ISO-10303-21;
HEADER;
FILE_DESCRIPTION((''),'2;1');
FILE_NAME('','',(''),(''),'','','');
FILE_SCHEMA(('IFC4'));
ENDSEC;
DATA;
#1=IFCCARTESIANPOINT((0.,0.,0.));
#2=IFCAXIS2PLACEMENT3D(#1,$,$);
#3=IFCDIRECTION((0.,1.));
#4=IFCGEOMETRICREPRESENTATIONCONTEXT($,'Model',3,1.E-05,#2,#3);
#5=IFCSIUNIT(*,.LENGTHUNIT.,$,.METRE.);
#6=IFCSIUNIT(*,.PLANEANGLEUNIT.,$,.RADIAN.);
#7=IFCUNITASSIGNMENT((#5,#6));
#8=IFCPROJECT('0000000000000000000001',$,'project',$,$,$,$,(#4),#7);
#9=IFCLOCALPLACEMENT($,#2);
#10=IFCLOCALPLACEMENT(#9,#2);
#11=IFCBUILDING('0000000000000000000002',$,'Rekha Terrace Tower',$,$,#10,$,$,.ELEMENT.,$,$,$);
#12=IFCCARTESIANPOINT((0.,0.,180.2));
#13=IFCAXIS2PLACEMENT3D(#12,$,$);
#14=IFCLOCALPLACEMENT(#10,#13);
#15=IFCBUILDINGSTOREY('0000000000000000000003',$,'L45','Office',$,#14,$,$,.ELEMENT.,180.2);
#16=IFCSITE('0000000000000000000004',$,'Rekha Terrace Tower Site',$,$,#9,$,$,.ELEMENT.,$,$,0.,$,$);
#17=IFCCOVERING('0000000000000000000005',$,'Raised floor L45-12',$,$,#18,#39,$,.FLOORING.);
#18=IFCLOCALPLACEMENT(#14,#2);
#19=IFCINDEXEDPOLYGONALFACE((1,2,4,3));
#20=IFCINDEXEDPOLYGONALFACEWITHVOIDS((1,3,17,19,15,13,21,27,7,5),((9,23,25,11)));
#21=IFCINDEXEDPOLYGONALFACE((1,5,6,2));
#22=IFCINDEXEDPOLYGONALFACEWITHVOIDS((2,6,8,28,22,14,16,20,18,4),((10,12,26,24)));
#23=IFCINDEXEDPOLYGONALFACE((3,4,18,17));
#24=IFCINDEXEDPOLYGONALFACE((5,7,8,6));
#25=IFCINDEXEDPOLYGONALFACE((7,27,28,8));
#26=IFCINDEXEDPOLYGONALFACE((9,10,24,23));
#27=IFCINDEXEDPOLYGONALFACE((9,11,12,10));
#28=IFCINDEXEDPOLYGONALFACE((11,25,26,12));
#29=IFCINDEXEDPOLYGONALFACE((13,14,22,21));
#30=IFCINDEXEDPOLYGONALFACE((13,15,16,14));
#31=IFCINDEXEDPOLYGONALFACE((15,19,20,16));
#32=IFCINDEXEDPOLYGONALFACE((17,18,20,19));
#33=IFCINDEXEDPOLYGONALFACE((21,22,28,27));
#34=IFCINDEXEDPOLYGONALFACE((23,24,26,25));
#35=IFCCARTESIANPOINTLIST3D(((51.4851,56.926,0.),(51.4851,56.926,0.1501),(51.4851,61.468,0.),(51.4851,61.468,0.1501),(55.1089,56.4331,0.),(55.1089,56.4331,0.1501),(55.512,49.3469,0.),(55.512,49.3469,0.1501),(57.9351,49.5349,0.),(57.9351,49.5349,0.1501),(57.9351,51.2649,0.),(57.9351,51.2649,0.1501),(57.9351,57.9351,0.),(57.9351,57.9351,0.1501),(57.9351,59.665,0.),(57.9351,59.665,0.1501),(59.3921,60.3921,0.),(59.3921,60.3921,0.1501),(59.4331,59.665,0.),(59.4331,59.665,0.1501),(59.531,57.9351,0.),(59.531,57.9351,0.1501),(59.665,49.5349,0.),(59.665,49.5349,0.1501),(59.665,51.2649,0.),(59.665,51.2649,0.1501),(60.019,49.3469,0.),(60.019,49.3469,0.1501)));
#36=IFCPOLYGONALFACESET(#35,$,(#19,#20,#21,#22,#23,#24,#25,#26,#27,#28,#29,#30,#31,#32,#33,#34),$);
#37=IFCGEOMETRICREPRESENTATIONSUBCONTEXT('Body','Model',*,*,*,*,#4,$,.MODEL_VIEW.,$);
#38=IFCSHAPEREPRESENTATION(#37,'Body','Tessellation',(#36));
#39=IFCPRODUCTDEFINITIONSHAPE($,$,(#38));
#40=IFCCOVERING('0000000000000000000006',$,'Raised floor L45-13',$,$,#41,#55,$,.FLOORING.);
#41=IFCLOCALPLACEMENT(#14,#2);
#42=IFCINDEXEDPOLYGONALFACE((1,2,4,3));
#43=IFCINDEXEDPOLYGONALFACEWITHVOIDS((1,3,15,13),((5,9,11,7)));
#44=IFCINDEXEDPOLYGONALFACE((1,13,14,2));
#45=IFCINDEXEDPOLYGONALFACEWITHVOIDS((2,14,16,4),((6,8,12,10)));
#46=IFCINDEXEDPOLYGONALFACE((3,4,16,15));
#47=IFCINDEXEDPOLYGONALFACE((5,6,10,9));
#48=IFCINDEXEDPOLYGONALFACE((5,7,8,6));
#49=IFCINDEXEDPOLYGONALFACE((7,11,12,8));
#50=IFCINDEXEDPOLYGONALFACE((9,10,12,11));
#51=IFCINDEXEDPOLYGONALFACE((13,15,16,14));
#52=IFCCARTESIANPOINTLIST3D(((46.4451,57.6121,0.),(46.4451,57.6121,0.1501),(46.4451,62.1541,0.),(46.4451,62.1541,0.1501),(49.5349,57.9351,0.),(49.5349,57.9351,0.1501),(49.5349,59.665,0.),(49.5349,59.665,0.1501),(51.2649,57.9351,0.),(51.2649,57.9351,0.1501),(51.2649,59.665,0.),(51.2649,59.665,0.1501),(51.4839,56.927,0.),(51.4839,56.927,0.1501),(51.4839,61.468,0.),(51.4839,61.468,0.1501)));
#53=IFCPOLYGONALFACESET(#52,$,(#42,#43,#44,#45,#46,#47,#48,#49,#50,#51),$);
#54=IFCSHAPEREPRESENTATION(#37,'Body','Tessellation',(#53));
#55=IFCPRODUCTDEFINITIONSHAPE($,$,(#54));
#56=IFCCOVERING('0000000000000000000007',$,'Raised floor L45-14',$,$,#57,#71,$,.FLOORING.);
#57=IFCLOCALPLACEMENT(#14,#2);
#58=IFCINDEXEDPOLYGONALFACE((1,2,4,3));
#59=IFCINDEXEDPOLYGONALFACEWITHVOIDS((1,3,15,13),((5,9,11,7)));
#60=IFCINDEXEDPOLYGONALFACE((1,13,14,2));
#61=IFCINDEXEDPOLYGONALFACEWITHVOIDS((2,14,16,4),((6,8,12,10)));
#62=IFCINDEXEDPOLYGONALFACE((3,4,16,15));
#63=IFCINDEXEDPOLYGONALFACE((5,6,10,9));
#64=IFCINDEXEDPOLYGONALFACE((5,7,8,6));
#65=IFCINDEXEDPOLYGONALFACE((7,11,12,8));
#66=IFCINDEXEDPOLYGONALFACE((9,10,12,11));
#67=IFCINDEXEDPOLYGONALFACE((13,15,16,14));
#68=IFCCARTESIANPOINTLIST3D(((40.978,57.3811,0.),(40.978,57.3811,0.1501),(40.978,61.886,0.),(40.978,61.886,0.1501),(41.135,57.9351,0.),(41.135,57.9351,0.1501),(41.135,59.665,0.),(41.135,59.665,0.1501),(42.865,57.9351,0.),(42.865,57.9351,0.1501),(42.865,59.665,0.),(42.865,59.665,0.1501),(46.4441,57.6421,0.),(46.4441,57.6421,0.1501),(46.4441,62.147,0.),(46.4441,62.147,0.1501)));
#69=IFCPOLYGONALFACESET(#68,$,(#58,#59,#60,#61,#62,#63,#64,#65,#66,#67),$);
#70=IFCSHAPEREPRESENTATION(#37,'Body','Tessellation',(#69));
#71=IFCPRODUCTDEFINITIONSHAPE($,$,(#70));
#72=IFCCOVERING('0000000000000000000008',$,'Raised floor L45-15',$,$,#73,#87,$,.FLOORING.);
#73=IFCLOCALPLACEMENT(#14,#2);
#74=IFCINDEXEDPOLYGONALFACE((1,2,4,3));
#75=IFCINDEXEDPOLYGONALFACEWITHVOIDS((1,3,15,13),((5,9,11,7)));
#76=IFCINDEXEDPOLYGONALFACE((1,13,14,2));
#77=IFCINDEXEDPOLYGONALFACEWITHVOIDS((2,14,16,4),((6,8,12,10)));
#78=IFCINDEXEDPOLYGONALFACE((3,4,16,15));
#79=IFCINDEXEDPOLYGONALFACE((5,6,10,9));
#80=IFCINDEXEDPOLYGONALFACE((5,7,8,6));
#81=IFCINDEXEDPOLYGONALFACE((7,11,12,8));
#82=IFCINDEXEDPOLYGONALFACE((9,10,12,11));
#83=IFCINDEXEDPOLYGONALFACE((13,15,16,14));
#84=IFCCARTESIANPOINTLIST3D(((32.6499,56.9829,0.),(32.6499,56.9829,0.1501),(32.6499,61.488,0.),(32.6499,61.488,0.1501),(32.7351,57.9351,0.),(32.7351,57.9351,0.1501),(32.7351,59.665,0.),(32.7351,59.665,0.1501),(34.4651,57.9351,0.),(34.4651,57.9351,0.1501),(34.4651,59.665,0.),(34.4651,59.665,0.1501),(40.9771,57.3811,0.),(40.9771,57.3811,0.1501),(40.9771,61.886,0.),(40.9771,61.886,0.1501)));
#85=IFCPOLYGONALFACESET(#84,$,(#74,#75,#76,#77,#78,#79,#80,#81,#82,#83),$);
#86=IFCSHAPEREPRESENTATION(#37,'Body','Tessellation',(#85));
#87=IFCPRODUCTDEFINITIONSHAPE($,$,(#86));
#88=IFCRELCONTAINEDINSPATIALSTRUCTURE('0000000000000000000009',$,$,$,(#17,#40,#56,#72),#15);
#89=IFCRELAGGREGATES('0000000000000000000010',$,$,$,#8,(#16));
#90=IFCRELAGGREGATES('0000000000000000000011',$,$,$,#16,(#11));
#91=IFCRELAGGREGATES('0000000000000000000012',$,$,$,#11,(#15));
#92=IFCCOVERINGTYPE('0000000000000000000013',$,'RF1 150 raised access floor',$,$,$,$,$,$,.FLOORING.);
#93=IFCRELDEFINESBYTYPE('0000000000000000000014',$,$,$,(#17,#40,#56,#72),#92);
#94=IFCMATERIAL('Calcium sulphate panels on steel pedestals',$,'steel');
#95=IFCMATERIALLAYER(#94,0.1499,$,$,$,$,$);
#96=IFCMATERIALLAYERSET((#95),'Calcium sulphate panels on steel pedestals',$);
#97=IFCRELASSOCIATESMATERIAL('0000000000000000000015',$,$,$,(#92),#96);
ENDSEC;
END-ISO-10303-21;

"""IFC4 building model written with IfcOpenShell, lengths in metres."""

from ifc_helpers import new_model, si_unit, direction, frame, origin, place, context, subcontext, project, spatial, polyline, outline, extrude, material, layer, layer_set, type_object, element, save


model = new_model("IFC4")

# Units and contexts
model_context = context("Model", 3, precision=1e-05, world=origin(), true_north=direction((0.0, 1.0)))
body_context = subcontext(model_context, "Body", "Model", "MODEL_VIEW")
ifc_project = project(units=[si_unit("LENGTHUNIT", "METRE"), si_unit("PLANEANGLEUNIT", "RADIAN")], contexts=[model_context])

# Site, building, storey
site_placement = place(None, origin())
site = spatial("IfcSite", under=ifc_project, at=site_placement, Name="Rekha Terrace Tower Site", CompositionType="ELEMENT", RefElevation=0.0)
building_placement = place(site_placement, origin())
building = spatial("IfcBuilding", under=site, at=building_placement, Name="Rekha Terrace Tower", CompositionType="ELEMENT")
storey_placement = place(building_placement, frame((0.0, 0.0, 180.2)))
storey = spatial("IfcBuildingStorey", under=building, at=storey_placement, Name="L45", Description="Office", CompositionType="ELEMENT", Elevation=180.2)

# Coverings
ifc_material_1 = material(Name="Calcium sulphate panels on steel pedestals", Category="steel")
ifc_layer_1 = layer(ifc_material_1, 0.1499)
ifc_layer_set_1 = layer_set([ifc_layer_1], Name="Calcium sulphate panels on steel pedestals")
covering_type_1 = type_object("IfcCoveringType", Name="RF1 150 raised access floor", PredefinedType="FLOORING", material=ifc_layer_set_1)
covering_1_placement = place(storey_placement, origin())
element("IfcCovering", 1, at=covering_1_placement, inside=storey, type_object=covering_type_1, Name="Raised floor L45-12", PredefinedType="FLOORING", context=body_context, shape_type="SweptSolid", body=[
    extrude(outline(polyline([(51.4851, 56.926), (55.1089, 56.4331), (55.512, 49.3469), (60.019, 49.3469), (59.531, 57.9351), (57.9351, 57.9351), (57.9351, 59.665), (59.4331, 59.665), (59.3921, 60.3921), (51.4851, 61.468), (51.4851, 56.926)]), holes=[polyline([(59.665, 51.2649), (59.665, 49.5349), (57.9351, 49.5349), (57.9351, 51.2649), (59.665, 51.2649)])]), origin(), (0.0, 0.0, 1.0), 0.1501),
])
covering_2_placement = place(storey_placement, origin())
element("IfcCovering", 2, at=covering_2_placement, inside=storey, type_object=covering_type_1, Name="Raised floor L45-13", PredefinedType="FLOORING", context=body_context, shape_type="SweptSolid", body=[
    extrude(outline(polyline([(51.4839, 56.927), (51.4839, 61.468), (46.4451, 62.1541), (46.4451, 57.6121), (51.4839, 56.927)]), holes=[polyline([(51.2649, 57.9351), (49.5349, 57.9351), (49.5349, 59.665), (51.2649, 59.665), (51.2649, 57.9351)])]), origin(), (0.0, 0.0, 1.0), 0.1501),
])
covering_3_placement = place(storey_placement, origin())
element("IfcCovering", 3, at=covering_3_placement, inside=storey, type_object=covering_type_1, Name="Raised floor L45-14", PredefinedType="FLOORING", context=body_context, shape_type="SweptSolid", body=[
    extrude(outline(polyline([(46.4441, 62.147), (40.978, 61.886), (40.978, 57.3811), (46.4441, 57.6421), (46.4441, 62.147)]), holes=[polyline([(42.865, 59.665), (42.865, 57.9351), (41.135, 57.9351), (41.135, 59.665), (42.865, 59.665)])]), origin(), (0.0, 0.0, 1.0), 0.1501),
])
covering_4_placement = place(storey_placement, origin())
element("IfcCovering", 4, at=covering_4_placement, inside=storey, type_object=covering_type_1, Name="Raised floor L45-15", PredefinedType="FLOORING", context=body_context, shape_type="SweptSolid", body=[
    extrude(outline(polyline([(40.9771, 57.3811), (40.9771, 61.886), (32.6499, 61.488), (32.6499, 56.9829), (40.9771, 57.3811)]), holes=[polyline([(34.4651, 57.9351), (32.7351, 57.9351), (32.7351, 59.665), (34.4651, 59.665), (34.4651, 57.9351)])]), origin(), (0.0, 0.0, 1.0), 0.1501),
])

save(model, "model.ifc")
